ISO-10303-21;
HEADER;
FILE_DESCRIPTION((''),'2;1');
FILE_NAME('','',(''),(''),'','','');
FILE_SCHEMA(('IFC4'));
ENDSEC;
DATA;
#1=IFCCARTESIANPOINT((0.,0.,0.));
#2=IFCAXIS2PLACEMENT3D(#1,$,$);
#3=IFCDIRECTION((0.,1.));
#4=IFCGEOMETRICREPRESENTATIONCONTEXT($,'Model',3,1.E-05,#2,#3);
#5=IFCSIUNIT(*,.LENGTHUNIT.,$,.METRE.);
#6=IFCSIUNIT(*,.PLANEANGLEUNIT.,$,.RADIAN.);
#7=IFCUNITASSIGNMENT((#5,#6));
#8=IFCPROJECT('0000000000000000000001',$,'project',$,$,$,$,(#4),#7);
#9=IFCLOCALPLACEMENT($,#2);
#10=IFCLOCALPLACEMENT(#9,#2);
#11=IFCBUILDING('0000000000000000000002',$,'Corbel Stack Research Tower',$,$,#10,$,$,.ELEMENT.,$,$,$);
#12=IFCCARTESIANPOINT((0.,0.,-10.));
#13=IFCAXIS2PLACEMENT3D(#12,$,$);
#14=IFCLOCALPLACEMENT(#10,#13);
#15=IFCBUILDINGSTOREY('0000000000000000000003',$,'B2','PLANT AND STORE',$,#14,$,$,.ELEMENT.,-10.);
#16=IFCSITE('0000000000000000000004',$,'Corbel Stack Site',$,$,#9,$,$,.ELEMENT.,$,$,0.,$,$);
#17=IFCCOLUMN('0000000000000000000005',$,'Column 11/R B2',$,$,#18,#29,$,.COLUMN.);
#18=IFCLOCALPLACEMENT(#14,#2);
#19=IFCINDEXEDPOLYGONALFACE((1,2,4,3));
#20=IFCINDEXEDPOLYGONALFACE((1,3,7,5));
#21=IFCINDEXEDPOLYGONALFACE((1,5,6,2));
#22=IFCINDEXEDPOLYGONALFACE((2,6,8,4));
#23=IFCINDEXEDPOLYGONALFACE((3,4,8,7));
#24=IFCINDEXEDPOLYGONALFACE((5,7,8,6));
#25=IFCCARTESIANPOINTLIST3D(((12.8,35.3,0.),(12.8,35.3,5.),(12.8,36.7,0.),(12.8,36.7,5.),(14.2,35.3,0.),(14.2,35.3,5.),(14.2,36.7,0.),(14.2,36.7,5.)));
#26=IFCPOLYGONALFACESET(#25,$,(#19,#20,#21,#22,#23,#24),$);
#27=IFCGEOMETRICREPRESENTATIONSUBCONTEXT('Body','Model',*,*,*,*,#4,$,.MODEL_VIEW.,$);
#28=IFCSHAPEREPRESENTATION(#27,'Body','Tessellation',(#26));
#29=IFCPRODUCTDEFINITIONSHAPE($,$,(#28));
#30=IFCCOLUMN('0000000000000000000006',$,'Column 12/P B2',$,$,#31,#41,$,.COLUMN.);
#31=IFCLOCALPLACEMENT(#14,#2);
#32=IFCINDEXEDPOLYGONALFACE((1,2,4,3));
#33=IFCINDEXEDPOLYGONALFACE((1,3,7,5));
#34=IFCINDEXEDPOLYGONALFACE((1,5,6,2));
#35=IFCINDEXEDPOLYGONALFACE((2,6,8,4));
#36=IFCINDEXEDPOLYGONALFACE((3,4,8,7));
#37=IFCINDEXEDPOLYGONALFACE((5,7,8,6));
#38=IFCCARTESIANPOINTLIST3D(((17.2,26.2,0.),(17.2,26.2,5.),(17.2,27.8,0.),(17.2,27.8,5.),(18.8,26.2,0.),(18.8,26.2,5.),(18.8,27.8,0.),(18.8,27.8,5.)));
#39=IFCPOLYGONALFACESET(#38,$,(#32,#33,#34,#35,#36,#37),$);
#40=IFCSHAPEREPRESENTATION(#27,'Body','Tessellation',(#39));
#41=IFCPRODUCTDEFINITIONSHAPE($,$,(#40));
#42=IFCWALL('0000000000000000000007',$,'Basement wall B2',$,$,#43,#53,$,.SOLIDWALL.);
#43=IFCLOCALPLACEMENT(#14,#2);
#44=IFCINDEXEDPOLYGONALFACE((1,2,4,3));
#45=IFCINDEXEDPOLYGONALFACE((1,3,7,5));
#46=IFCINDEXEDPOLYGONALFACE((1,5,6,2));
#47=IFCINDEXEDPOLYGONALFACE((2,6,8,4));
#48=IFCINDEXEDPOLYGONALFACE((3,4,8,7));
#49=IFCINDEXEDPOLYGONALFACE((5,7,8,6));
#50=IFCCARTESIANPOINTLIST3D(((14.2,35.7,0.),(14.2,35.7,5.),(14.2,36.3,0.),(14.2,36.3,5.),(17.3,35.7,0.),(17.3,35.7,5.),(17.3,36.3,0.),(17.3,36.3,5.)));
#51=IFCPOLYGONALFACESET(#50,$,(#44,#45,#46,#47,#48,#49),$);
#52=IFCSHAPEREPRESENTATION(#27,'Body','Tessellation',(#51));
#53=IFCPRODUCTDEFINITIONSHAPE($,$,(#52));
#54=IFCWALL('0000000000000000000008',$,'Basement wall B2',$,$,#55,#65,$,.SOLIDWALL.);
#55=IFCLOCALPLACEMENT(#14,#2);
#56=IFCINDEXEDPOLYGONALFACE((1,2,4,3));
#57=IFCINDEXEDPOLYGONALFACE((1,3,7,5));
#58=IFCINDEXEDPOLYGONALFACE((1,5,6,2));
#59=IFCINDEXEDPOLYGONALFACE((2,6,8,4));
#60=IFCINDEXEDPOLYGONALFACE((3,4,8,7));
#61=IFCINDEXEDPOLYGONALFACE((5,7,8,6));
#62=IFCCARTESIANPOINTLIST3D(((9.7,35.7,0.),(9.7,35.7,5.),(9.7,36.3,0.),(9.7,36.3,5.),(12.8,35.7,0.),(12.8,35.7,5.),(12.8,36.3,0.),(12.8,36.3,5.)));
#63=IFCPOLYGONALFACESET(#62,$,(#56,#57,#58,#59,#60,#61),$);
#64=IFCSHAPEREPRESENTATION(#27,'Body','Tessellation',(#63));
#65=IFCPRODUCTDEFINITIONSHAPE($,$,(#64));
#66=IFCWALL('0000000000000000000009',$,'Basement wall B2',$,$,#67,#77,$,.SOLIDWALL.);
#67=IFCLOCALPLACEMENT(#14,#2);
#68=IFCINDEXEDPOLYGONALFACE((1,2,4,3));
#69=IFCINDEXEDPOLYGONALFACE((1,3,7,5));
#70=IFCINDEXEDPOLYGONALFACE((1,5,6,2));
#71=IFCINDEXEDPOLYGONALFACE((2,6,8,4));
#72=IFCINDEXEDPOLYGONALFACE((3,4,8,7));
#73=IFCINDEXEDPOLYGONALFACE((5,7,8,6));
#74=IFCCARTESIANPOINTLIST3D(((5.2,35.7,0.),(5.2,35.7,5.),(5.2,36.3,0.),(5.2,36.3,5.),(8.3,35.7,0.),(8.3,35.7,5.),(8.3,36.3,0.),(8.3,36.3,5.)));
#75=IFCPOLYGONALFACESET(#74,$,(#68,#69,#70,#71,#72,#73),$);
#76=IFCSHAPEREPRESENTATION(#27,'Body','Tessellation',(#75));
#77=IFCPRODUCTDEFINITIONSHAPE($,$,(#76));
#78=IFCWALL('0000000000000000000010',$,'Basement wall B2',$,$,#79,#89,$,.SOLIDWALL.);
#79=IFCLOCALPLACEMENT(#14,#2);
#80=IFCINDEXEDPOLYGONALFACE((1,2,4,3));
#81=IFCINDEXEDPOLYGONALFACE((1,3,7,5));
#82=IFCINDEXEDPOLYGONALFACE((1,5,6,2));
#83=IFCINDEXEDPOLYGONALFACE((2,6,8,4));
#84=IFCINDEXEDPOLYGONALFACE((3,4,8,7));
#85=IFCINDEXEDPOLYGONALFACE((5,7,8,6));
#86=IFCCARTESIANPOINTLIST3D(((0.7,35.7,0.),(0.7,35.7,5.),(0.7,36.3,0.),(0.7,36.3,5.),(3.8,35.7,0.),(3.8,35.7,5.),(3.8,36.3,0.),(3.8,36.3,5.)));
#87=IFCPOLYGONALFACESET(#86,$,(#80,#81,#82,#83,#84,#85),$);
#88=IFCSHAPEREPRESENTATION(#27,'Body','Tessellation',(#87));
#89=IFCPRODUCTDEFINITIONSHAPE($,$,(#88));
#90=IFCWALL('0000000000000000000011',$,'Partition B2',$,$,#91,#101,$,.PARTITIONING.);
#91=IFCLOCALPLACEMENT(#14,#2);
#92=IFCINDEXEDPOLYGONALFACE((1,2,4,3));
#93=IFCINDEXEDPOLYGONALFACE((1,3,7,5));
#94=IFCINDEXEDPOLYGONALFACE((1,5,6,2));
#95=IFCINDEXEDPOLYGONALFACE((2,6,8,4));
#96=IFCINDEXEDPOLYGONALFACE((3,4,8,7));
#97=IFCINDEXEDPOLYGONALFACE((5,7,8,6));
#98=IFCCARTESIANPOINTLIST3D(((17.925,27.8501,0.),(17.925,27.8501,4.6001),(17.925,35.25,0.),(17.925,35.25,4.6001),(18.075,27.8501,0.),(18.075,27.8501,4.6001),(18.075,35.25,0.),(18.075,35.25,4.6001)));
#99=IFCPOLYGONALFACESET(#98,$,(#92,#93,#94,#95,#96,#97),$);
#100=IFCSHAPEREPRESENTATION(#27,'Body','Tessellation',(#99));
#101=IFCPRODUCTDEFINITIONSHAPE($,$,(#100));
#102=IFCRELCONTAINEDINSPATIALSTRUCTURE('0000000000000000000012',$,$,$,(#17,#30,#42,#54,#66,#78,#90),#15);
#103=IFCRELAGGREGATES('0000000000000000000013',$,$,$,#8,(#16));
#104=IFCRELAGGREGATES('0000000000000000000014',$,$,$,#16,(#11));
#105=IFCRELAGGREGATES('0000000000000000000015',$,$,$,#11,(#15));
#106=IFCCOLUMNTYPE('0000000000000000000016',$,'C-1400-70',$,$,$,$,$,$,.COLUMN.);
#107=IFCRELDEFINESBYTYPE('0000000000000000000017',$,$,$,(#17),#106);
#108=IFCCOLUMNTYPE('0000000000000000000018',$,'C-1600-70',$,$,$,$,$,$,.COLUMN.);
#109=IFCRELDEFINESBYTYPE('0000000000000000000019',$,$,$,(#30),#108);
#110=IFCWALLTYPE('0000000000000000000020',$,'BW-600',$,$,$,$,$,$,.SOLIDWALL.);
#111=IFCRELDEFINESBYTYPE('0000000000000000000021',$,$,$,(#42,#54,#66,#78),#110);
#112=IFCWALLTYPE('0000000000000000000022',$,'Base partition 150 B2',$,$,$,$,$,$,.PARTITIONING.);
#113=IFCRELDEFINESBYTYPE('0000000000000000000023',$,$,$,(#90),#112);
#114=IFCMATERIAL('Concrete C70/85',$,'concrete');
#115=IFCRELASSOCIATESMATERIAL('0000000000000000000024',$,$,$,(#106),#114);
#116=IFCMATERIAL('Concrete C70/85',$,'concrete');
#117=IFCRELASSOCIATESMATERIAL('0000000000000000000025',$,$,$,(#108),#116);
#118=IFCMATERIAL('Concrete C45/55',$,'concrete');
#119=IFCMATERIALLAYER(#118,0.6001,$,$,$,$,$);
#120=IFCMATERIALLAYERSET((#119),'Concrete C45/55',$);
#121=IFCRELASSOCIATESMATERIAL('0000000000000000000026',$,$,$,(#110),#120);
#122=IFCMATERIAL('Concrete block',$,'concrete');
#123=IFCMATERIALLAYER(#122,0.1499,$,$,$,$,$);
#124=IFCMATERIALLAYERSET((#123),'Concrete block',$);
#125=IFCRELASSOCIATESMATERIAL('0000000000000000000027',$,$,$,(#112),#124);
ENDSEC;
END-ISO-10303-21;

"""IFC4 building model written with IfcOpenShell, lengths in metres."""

from ifc_helpers import new_model, si_unit, direction, frame, frame_2d, origin, origin_2d, place, context, subcontext, project, spatial, rectangle, extrude, material, layer, layer_set, material_profile, profile_set, type_object, element, save


model = new_model("IFC4")

# Units and contexts
model_context = context("Model", 3, precision=1e-05, world=origin(), true_north=direction((0.0, 1.0)))
body_context = subcontext(model_context, "Body", "Model", "MODEL_VIEW")
ifc_project = project(units=[si_unit("LENGTHUNIT", "METRE"), si_unit("PLANEANGLEUNIT", "RADIAN")], contexts=[model_context])

# Site, building, storey
site_placement = place(None, origin())
site = spatial("IfcSite", under=ifc_project, at=site_placement, Name="Corbel Stack Site", CompositionType="ELEMENT", RefElevation=0.0)
building_placement = place(site_placement, origin())
building = spatial("IfcBuilding", under=site, at=building_placement, Name="Corbel Stack Research Tower", CompositionType="ELEMENT")
storey_placement = place(building_placement, frame((0.0, 0.0, -10.0)))
storey = spatial("IfcBuildingStorey", under=building, at=storey_placement, Name="B2", Description="PLANT AND STORE", CompositionType="ELEMENT", Elevation=-10.0)

# Columns
ifc_material_1 = material(Name="Concrete C70/85", Category="concrete")
ifc_material_profile_1 = material_profile(ifc_material_1, rectangle(XDim=1.3999, YDim=1.3999, at=origin_2d()), Name="RC 1400 x 1400")
ifc_profile_set_1 = profile_set([ifc_material_profile_1], Name="Concrete C70/85")
column_type_1 = type_object("IfcColumnType", Name="C-1400-70", PredefinedType="COLUMN", material=ifc_profile_set_1)
for number, where, z_axis, x_axis, name in (
    (1, (13.5, 36.0, 0.0), (0.0, 0.0, 1.0), (1.0, 0.0, 0.0), "Column 11/R B2"),
):
    element("IfcColumn", number, at=place(storey_placement, frame(where, z_axis=z_axis, x_axis=x_axis)), inside=storey, type_object=column_type_1, Name=name, PredefinedType="COLUMN", context=body_context, shape_type="SweptSolid", body=[
        extrude(rectangle(XDim=1.3999, YDim=1.3999, at=origin_2d()), origin(), (0.0, 0.0, 1.0), 5.0),
    ])
ifc_material_2 = material(Name="Concrete C70/85", Category="concrete")
ifc_material_profile_2 = material_profile(ifc_material_2, rectangle(XDim=1.6001, YDim=1.6001, at=origin_2d()), Name="RC 1600 x 1600")
ifc_profile_set_2 = profile_set([ifc_material_profile_2], Name="Concrete C70/85")
column_type_2 = type_object("IfcColumnType", Name="C-1600-70", PredefinedType="COLUMN", material=ifc_profile_set_2)
column_placement = place(storey_placement, frame((18.0, 27.0, 0.0), z_axis=(0.0, 0.0, 1.0), x_axis=(1.0, 0.0, 0.0)))
element("IfcColumn", 2, at=column_placement, inside=storey, type_object=column_type_2, Name="Column 12/P B2", PredefinedType="COLUMN", context=body_context, shape_type="SweptSolid", body=[
    extrude(rectangle(XDim=1.6001, YDim=1.6001, at=origin_2d()), origin(), (0.0, 0.0, 1.0), 5.0),
])

# Walls
ifc_material_3 = material(Name="Concrete C45/55", Category="concrete")
ifc_layer_1 = layer(ifc_material_3, 0.6001)
ifc_layer_set_1 = layer_set([ifc_layer_1], Name="Concrete C45/55")
wall_type_1 = type_object("IfcWallType", Name="BW-600", PredefinedType="SOLIDWALL", material=ifc_layer_set_1)
for number, where, z_axis, x_axis, name in (
    (3, (17.3, 36.0, 0.0), (0.0, 0.0, 1.0), (-1.0, 0.0, 0.0), "Basement wall B2"),
    (4, (12.8, 36.0, 0.0), (0.0, 0.0, 1.0), (-1.0, 0.0, 0.0), "Basement wall B2"),
    (5, (8.3, 36.0, 0.0), (0.0, 0.0, 1.0), (-1.0, 0.0, 0.0), "Basement wall B2"),
    (6, (3.8, 36.0, 0.0), (0.0, 0.0, 1.0), (-1.0, 0.0, 0.0), "Basement wall B2"),
):
    element("IfcWall", number, at=place(storey_placement, frame(where, z_axis=z_axis, x_axis=x_axis)), inside=storey, type_object=wall_type_1, Name=name, PredefinedType="SOLIDWALL", context=body_context, shape_type="SweptSolid", body=[
        extrude(rectangle(XDim=3.1001, YDim=0.6001, at=frame_2d((1.55, 0.0))), origin(), (0.0, 0.0, 1.0), 5.0),
    ])
ifc_material_4 = material(Name="Concrete block", Category="concrete")
ifc_layer_2 = layer(ifc_material_4, 0.1499)
ifc_layer_set_2 = layer_set([ifc_layer_2], Name="Concrete block")
wall_type_2 = type_object("IfcWallType", Name="Base partition 150 B2", PredefinedType="PARTITIONING", material=ifc_layer_set_2)
wall_placement = place(storey_placement, frame((18.0, 27.8501, 0.0), z_axis=(0.0, 0.0, 1.0), x_axis=(0.0, 1.0, 0.0)))
element("IfcWall", 7, at=wall_placement, inside=storey, type_object=wall_type_2, Name="Partition B2", PredefinedType="PARTITIONING", context=body_context, shape_type="SweptSolid", body=[
    extrude(rectangle(XDim=7.3999, YDim=0.1499, at=frame_2d((3.7, 0.0))), origin(), (0.0, 0.0, 1.0), 4.6001),
])

save(model, "model.ifc")
